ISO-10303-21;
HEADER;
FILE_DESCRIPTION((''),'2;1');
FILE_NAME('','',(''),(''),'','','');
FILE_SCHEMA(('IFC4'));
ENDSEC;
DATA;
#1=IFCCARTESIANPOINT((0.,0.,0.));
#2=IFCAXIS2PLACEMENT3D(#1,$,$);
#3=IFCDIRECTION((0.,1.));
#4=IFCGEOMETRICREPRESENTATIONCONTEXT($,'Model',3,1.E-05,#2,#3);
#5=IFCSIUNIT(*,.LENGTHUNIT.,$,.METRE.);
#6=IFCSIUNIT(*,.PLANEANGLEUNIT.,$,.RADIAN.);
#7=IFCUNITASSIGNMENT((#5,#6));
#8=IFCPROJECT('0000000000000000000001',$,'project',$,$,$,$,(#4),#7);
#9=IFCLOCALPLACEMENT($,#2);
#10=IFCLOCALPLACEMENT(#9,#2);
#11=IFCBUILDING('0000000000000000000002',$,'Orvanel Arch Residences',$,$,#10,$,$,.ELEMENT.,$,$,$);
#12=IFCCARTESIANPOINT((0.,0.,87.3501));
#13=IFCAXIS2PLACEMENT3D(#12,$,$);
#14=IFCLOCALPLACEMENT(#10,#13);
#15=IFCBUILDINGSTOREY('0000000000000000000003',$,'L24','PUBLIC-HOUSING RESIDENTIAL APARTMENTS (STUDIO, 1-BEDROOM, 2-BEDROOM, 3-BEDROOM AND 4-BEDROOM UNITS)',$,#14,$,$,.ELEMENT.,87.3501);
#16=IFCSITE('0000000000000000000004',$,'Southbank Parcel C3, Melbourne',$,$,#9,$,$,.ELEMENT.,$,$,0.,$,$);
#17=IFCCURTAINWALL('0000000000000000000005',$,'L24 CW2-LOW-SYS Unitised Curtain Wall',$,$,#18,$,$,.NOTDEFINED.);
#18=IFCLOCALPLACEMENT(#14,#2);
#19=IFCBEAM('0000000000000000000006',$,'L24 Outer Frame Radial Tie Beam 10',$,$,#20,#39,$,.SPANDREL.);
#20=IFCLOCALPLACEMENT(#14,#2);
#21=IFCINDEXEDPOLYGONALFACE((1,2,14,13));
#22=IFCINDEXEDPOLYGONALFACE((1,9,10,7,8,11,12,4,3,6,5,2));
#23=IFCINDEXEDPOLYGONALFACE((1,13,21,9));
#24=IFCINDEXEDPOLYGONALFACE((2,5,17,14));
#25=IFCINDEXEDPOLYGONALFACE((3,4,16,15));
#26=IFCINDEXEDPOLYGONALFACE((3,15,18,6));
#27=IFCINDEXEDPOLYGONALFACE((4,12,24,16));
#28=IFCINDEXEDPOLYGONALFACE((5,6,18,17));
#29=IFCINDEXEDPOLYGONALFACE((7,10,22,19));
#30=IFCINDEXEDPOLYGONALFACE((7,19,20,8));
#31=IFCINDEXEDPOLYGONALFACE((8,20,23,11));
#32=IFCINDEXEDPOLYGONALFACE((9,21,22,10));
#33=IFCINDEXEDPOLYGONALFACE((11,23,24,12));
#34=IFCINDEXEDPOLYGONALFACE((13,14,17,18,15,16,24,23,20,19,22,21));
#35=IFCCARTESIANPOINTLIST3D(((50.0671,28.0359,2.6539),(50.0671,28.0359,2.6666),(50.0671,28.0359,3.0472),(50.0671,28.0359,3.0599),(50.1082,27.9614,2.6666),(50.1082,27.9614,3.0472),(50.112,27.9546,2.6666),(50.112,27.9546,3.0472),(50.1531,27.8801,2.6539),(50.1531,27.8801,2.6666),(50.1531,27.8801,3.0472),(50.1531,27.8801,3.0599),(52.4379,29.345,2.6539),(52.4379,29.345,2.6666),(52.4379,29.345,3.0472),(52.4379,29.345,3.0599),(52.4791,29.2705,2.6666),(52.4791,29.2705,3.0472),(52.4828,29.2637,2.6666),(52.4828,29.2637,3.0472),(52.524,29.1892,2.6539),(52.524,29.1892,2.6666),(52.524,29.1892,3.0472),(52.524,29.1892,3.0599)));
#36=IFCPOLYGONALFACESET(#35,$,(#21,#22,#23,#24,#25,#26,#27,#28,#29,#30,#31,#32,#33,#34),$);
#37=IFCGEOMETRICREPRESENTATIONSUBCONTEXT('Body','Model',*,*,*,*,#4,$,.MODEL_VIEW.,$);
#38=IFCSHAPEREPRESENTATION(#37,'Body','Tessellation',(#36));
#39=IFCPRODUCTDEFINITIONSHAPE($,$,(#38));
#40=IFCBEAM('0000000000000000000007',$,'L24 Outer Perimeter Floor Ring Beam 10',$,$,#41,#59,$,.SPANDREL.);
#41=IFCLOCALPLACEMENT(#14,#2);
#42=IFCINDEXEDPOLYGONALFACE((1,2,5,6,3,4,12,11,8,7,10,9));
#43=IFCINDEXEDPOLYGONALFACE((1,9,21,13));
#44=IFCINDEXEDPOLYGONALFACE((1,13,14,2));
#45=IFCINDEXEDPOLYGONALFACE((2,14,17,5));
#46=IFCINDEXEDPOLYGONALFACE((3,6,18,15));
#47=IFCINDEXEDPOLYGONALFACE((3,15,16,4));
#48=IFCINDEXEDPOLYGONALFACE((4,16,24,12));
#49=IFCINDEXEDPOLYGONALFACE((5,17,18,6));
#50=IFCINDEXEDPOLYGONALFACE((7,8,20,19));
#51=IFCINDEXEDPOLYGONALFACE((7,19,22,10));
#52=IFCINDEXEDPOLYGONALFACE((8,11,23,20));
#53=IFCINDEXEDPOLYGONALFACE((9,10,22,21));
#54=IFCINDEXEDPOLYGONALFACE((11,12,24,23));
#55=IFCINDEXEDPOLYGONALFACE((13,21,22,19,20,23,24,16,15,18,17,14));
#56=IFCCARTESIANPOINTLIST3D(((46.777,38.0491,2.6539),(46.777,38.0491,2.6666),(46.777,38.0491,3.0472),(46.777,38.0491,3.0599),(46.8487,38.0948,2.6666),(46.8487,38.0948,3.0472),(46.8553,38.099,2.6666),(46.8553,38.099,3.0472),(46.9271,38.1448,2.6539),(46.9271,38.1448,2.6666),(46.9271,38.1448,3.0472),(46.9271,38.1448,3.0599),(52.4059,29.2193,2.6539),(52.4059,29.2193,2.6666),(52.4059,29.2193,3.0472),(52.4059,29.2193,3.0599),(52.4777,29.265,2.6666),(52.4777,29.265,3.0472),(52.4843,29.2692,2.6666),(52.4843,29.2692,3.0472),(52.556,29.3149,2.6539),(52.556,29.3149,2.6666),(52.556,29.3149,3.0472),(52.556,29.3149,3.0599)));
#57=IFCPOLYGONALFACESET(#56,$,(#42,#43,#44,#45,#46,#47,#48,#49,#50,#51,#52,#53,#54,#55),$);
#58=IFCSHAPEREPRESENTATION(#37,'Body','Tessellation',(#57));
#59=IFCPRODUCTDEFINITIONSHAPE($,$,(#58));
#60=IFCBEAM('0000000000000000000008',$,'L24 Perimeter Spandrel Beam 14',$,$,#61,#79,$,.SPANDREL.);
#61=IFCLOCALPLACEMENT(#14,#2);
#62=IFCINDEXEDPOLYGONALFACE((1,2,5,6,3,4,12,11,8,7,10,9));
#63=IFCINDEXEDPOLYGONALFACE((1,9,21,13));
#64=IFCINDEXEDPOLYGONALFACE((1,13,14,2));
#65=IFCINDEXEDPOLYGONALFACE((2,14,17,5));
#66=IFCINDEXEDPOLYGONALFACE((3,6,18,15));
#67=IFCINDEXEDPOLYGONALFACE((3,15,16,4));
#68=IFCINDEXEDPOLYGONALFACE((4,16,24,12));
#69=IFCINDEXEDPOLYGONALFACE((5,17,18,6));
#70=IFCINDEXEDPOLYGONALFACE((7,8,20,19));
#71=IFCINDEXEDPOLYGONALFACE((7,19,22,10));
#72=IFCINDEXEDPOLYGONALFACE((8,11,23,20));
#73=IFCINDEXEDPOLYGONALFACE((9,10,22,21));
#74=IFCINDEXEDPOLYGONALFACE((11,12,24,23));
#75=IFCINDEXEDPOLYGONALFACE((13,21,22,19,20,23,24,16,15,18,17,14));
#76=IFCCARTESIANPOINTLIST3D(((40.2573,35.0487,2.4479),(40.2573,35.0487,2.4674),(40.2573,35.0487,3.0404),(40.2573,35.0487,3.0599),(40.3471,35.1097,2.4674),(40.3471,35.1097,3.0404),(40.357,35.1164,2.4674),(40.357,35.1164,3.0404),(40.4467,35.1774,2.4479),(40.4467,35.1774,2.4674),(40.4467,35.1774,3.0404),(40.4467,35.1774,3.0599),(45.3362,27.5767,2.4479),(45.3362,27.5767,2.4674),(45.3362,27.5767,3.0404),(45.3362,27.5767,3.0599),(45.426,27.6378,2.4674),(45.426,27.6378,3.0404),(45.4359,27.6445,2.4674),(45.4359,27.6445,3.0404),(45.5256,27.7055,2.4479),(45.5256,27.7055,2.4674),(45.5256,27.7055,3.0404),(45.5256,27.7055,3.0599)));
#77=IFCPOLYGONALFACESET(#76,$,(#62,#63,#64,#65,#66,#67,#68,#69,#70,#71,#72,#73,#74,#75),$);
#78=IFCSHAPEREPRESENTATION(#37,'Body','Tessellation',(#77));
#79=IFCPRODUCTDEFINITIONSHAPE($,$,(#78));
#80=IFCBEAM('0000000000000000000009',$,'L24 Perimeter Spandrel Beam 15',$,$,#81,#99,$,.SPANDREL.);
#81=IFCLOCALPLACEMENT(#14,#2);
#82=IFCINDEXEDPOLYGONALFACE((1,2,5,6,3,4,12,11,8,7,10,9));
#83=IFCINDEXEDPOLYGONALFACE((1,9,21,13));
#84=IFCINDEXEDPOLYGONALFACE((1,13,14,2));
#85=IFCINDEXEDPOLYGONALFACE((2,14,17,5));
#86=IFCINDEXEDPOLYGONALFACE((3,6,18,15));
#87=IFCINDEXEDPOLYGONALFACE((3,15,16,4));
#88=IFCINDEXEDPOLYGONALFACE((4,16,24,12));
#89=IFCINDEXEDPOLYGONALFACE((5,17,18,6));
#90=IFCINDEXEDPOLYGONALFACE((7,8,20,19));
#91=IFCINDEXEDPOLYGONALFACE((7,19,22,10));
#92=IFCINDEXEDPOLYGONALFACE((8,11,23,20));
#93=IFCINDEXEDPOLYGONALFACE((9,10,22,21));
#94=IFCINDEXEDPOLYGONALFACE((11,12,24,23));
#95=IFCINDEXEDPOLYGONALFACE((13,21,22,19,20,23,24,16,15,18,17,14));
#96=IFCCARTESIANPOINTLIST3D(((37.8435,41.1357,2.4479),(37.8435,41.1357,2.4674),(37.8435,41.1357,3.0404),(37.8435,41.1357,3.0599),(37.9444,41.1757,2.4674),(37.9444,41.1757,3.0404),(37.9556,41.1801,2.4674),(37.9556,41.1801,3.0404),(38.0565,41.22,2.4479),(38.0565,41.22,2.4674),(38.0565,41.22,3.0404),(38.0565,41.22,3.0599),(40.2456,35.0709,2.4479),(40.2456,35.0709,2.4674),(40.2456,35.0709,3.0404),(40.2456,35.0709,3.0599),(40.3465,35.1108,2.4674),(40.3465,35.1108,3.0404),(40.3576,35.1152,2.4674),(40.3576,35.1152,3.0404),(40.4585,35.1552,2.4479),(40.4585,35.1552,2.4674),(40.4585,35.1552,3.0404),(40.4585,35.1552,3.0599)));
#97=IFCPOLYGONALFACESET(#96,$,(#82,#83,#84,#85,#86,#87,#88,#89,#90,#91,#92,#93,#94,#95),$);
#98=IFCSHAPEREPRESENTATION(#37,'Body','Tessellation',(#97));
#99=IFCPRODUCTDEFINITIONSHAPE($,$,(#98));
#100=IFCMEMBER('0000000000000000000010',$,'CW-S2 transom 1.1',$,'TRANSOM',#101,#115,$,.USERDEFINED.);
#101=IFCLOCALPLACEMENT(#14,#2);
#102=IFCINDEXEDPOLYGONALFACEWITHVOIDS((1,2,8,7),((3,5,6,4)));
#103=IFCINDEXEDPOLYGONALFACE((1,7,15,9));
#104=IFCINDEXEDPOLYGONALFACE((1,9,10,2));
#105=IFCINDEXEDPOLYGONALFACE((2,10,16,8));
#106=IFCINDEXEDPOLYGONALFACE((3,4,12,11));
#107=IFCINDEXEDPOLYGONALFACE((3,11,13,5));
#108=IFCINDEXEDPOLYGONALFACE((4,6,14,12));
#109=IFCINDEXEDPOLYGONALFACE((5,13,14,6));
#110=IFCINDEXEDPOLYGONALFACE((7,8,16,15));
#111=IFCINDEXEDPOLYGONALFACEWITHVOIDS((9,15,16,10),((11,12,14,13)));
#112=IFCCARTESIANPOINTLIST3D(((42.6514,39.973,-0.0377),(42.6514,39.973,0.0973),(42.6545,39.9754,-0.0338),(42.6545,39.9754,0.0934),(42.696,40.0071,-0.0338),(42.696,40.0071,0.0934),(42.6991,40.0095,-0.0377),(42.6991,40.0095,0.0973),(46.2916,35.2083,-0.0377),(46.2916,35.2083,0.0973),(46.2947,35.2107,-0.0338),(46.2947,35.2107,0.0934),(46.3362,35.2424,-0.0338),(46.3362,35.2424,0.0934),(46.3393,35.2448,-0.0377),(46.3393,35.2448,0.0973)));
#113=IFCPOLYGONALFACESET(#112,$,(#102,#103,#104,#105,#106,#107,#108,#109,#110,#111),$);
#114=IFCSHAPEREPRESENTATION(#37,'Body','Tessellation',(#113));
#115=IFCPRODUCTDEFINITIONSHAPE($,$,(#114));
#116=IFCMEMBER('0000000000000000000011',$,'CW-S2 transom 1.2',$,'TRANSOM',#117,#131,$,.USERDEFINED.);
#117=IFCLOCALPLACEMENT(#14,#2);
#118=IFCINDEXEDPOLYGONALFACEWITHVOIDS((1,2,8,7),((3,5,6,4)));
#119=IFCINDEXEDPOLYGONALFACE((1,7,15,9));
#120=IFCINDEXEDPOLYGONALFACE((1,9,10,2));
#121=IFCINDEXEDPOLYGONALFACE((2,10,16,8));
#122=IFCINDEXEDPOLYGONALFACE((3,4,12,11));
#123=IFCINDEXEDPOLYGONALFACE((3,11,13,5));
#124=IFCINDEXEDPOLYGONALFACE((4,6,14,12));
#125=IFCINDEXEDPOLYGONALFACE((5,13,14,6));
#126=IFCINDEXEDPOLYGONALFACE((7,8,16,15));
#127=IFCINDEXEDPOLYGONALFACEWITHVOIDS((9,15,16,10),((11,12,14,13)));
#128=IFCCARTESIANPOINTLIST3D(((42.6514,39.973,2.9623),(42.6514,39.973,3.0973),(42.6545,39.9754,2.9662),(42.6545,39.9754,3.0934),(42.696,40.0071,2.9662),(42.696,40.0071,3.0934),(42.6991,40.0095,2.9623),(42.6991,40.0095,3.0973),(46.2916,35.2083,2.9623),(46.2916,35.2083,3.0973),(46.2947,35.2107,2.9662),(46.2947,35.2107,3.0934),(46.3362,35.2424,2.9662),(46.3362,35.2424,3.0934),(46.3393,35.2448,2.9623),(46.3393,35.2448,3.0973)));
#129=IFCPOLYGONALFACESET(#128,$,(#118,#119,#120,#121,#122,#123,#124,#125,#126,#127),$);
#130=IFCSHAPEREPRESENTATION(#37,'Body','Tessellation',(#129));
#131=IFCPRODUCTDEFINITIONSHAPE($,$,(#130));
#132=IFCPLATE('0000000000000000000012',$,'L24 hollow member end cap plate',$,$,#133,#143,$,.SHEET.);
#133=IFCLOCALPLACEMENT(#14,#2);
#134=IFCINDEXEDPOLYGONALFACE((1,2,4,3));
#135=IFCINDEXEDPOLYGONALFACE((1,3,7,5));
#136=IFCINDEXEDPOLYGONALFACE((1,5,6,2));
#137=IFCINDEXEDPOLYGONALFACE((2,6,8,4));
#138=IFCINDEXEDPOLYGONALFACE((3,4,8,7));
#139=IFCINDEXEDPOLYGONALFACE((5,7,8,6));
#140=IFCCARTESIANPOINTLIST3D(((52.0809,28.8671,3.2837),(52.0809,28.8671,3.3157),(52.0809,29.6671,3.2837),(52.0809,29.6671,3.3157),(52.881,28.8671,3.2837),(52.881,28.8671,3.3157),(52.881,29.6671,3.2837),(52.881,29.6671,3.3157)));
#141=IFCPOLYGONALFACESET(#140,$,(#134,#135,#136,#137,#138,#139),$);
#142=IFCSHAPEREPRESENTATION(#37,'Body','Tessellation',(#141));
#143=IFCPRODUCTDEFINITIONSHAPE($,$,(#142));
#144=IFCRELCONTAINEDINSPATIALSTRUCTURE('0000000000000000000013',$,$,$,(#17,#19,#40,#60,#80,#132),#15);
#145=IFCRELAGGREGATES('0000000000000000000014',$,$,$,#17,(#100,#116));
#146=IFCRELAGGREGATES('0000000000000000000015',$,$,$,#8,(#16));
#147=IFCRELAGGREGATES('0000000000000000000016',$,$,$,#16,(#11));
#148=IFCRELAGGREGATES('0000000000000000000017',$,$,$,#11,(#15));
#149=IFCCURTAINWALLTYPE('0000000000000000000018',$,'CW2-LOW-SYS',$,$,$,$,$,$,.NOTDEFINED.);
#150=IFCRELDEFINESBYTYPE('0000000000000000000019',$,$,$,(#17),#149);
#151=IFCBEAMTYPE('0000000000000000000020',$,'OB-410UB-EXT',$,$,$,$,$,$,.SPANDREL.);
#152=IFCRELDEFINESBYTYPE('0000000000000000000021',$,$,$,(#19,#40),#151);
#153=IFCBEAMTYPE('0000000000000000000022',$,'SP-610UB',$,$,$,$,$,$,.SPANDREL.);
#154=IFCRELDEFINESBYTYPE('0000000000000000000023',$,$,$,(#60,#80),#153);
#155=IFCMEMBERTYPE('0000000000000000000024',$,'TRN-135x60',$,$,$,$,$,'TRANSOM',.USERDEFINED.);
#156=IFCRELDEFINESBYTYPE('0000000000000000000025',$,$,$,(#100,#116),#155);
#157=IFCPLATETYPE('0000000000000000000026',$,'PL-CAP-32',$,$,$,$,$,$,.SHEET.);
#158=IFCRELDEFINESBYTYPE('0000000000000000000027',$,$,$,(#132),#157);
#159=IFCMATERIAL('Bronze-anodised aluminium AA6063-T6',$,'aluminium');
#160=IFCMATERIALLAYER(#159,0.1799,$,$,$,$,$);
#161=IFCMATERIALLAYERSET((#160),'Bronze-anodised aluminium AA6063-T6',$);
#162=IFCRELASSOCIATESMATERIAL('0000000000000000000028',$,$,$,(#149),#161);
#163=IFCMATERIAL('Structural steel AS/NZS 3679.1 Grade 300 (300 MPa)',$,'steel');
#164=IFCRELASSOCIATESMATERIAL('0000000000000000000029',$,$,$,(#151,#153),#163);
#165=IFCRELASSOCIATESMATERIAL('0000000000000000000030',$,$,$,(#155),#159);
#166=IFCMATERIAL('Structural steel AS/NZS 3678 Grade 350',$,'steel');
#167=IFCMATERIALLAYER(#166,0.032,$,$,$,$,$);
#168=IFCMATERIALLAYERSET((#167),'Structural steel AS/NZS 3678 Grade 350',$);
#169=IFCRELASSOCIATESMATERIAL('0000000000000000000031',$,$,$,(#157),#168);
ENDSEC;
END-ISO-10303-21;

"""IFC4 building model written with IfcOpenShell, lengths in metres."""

from ifc_helpers import new_model, si_unit, direction, frame, origin, origin_2d, place, context, subcontext, project, spatial, rectangle, hollow_rectangle, i_section, extrude, material, layer, layer_set, material_profile, profile_set, type_object, element, aggregate, save


model = new_model("IFC4")

# Units and contexts
model_context = context("Model", 3, precision=1e-05, world=origin(), true_north=direction((0.0, 1.0)))
body_context = subcontext(model_context, "Body", "Model", "MODEL_VIEW")
ifc_project = project(units=[si_unit("LENGTHUNIT", "METRE"), si_unit("PLANEANGLEUNIT", "RADIAN")], contexts=[model_context])

# Site, building, storey
site_placement = place(None, origin())
site = spatial("IfcSite", under=ifc_project, at=site_placement, Name="Southbank Parcel C3, Melbourne", CompositionType="ELEMENT", RefElevation=0.0)
building_placement = place(site_placement, origin())
building = spatial("IfcBuilding", under=site, at=building_placement, Name="Orvanel Arch Residences", CompositionType="ELEMENT")
storey_placement = place(building_placement, frame((0.0, 0.0, 87.3501)))
storey = spatial("IfcBuildingStorey", under=building, at=storey_placement, Name="L24", Description="PUBLIC-HOUSING RESIDENTIAL APARTMENTS (STUDIO, 1-BEDROOM, 2-BEDROOM, 3-BEDROOM AND 4-BEDROOM UNITS)", CompositionType="ELEMENT", Elevation=87.3501)

# Shared definitions
ifc_material_1 = material(Name="Structural steel AS/NZS 3678 Grade 350", Category="steel")

# Shared definitions
ifc_material_2 = material(Name="Structural steel AS/NZS 3679.1 Grade 300 (300 MPa)", Category="steel")

# Curtain wall
ifc_material_3 = material(Name="Bronze-anodised aluminium AA6063-T6", Category="aluminium")
ifc_layer_1 = layer(ifc_material_3, 0.1799)
ifc_layer_set_1 = layer_set([ifc_layer_1], Name="Bronze-anodised aluminium AA6063-T6")
curtain_wall_type = type_object("IfcCurtainWallType", Name="CW2-LOW-SYS", PredefinedType="NOTDEFINED", material=ifc_layer_set_1)
curtain_wall_placement = place(storey_placement, origin())
curtain_wall = element("IfcCurtainWall", 1, at=curtain_wall_placement, inside=storey, type_object=curtain_wall_type, Name="L24 CW2-LOW-SYS Unitised Curtain Wall", PredefinedType="NOTDEFINED")

# Beams
ifc_material_profile_1 = material_profile(ifc_material_2, i_section(OverallWidth=0.178, OverallDepth=0.406, WebThickness=0.0078, FlangeThickness=0.0127, at=origin_2d()), Name="410UB59.7")
ifc_profile_set_1 = profile_set([ifc_material_profile_1], Name="Structural steel AS/NZS 3679.1 Grade 300 (300 MPa)")
beam_type_1 = type_object("IfcBeamType", Name="OB-410UB-EXT", PredefinedType="SPANDREL", material=ifc_profile_set_1)
beam_1_placement = place(storey_placement, frame((50.1101, 27.958, 2.8569), z_axis=(0.875417, 0.483368, 0.0), x_axis=(-0.483368, 0.875417, 0.0)))
element("IfcBeam", 2, at=beam_1_placement, inside=storey, type_object=beam_type_1, Name="L24 Outer Frame Radial Tie Beam 10", PredefinedType="SPANDREL", context=body_context, shape_type="SweptSolid", body=[
    extrude(i_section(OverallWidth=0.178, OverallDepth=0.406, WebThickness=0.0078, FlangeThickness=0.0127, at=origin_2d()), origin(), (0.0, 0.0, 1.0), 2.7083),
])
beam_2_placement = place(storey_placement, frame((52.481, 29.2671, 2.8569), z_axis=(-0.53755, 0.843232, 0.0), x_axis=(-0.843232, -0.53755, 0.0)))
element("IfcBeam", 3, at=beam_2_placement, inside=storey, type_object=beam_type_1, Name="L24 Outer Perimeter Floor Ring Beam 10", PredefinedType="SPANDREL", context=body_context, shape_type="SweptSolid", body=[
    extrude(i_section(OverallWidth=0.178, OverallDepth=0.406, WebThickness=0.0078, FlangeThickness=0.0127, at=origin_2d()), origin(), (0.0, 0.0, 1.0), 10.4714),
])
ifc_material_profile_2 = material_profile(ifc_material_2, i_section(OverallWidth=0.229, OverallDepth=0.6121, WebThickness=0.012, FlangeThickness=0.0195, at=origin_2d()), Name="610UB125")
ifc_profile_set_2 = profile_set([ifc_material_profile_2], Name="Structural steel AS/NZS 3679.1 Grade 300 (300 MPa)")
beam_type_2 = type_object("IfcBeamType", Name="SP-610UB", PredefinedType="SPANDREL", material=ifc_profile_set_2)
beam_3_placement = place(storey_placement, frame((45.4309, 27.6411, 2.7539), z_axis=(-0.562155, 0.827032, 0.0), x_axis=(-0.827032, -0.562155, 0.0)))
element("IfcBeam", 4, at=beam_3_placement, inside=storey, type_object=beam_type_2, Name="L24 Perimeter Spandrel Beam 14", PredefinedType="SPANDREL", context=body_context, shape_type="SweptSolid", body=[
    extrude(i_section(OverallWidth=0.229, OverallDepth=0.6121, WebThickness=0.012, FlangeThickness=0.0195, at=origin_2d()), origin(), (0.0, 0.0, 1.0), 9.0347),
])
beam_4_placement = place(storey_placement, frame((40.3521, 35.113, 2.7539), z_axis=(-0.368233, 0.929733, 0.0), x_axis=(-0.929733, -0.368233, 0.0)))
element("IfcBeam", 5, at=beam_4_placement, inside=storey, type_object=beam_type_2, Name="L24 Perimeter Spandrel Beam 15", PredefinedType="SPANDREL", context=body_context, shape_type="SweptSolid", body=[
    extrude(i_section(OverallWidth=0.229, OverallDepth=0.6121, WebThickness=0.012, FlangeThickness=0.0195, at=origin_2d()), origin(), (0.0, 0.0, 1.0), 6.5232),
])

# Members
ifc_material_profile_3 = material_profile(ifc_material_3, hollow_rectangle(XDim=0.0601, YDim=0.135, WallThickness=0.0039, at=origin_2d()), Name="ALU135x60x4")
ifc_profile_set_3 = profile_set([ifc_material_profile_3], Name="Bronze-anodised aluminium AA6063-T6")
member_type_1 = type_object("IfcMemberType", Name="TRN-135x60", ElementType="TRANSOM", PredefinedType="USERDEFINED", material=ifc_profile_set_3)
member_1_placement = place(storey_placement, frame((46.3154, 35.2266, 0.0298), z_axis=(-0.60709, 0.794633, 0.0), x_axis=(-0.794633, -0.60709, 0.0)))
member_1 = element("IfcMember", 6, at=member_1_placement, type_object=member_type_1, Name="CW-S2 transom 1.1", ObjectType="TRANSOM", PredefinedType="USERDEFINED", context=body_context, shape_type="SweptSolid", body=[
    extrude(hollow_rectangle(XDim=0.0601, YDim=0.135, WallThickness=0.0039, at=origin_2d()), origin(), (0.0, 0.0, 1.0), 5.9961),
])
member_2_placement = place(storey_placement, frame((46.3154, 35.2266, 3.0298), z_axis=(-0.60709, 0.794633, 0.0), x_axis=(-0.794633, -0.60709, 0.0)))
member_2 = element("IfcMember", 7, at=member_2_placement, type_object=member_type_1, Name="CW-S2 transom 1.2", ObjectType="TRANSOM", PredefinedType="USERDEFINED", context=body_context, shape_type="SweptSolid", body=[
    extrude(hollow_rectangle(XDim=0.0601, YDim=0.135, WallThickness=0.0039, at=origin_2d()), origin(), (0.0, 0.0, 1.0), 5.9961),
])
aggregate(curtain_wall, [member_1, member_2])

# Plate
ifc_layer_2 = layer(ifc_material_1, 0.032)
ifc_layer_set_2 = layer_set([ifc_layer_2], Name="Structural steel AS/NZS 3678 Grade 350")
plate_type = type_object("IfcPlateType", Name="PL-CAP-32", PredefinedType="SHEET", material=ifc_layer_set_2)
plate_placement = place(storey_placement, frame((52.481, 29.2671, 3.2837), z_axis=(0.0, 0.0, 1.0), x_axis=(1.0, 0.0, 0.0)))
element("IfcPlate", 8, at=plate_placement, inside=storey, type_object=plate_type, Name="L24 hollow member end cap plate", PredefinedType="SHEET", context=body_context, shape_type="SweptSolid", body=[
    extrude(rectangle(XDim=0.8, YDim=0.8, at=origin_2d()), origin(), (0.0, 0.0, 1.0), 0.032),
])

save(model, "model.ifc")
